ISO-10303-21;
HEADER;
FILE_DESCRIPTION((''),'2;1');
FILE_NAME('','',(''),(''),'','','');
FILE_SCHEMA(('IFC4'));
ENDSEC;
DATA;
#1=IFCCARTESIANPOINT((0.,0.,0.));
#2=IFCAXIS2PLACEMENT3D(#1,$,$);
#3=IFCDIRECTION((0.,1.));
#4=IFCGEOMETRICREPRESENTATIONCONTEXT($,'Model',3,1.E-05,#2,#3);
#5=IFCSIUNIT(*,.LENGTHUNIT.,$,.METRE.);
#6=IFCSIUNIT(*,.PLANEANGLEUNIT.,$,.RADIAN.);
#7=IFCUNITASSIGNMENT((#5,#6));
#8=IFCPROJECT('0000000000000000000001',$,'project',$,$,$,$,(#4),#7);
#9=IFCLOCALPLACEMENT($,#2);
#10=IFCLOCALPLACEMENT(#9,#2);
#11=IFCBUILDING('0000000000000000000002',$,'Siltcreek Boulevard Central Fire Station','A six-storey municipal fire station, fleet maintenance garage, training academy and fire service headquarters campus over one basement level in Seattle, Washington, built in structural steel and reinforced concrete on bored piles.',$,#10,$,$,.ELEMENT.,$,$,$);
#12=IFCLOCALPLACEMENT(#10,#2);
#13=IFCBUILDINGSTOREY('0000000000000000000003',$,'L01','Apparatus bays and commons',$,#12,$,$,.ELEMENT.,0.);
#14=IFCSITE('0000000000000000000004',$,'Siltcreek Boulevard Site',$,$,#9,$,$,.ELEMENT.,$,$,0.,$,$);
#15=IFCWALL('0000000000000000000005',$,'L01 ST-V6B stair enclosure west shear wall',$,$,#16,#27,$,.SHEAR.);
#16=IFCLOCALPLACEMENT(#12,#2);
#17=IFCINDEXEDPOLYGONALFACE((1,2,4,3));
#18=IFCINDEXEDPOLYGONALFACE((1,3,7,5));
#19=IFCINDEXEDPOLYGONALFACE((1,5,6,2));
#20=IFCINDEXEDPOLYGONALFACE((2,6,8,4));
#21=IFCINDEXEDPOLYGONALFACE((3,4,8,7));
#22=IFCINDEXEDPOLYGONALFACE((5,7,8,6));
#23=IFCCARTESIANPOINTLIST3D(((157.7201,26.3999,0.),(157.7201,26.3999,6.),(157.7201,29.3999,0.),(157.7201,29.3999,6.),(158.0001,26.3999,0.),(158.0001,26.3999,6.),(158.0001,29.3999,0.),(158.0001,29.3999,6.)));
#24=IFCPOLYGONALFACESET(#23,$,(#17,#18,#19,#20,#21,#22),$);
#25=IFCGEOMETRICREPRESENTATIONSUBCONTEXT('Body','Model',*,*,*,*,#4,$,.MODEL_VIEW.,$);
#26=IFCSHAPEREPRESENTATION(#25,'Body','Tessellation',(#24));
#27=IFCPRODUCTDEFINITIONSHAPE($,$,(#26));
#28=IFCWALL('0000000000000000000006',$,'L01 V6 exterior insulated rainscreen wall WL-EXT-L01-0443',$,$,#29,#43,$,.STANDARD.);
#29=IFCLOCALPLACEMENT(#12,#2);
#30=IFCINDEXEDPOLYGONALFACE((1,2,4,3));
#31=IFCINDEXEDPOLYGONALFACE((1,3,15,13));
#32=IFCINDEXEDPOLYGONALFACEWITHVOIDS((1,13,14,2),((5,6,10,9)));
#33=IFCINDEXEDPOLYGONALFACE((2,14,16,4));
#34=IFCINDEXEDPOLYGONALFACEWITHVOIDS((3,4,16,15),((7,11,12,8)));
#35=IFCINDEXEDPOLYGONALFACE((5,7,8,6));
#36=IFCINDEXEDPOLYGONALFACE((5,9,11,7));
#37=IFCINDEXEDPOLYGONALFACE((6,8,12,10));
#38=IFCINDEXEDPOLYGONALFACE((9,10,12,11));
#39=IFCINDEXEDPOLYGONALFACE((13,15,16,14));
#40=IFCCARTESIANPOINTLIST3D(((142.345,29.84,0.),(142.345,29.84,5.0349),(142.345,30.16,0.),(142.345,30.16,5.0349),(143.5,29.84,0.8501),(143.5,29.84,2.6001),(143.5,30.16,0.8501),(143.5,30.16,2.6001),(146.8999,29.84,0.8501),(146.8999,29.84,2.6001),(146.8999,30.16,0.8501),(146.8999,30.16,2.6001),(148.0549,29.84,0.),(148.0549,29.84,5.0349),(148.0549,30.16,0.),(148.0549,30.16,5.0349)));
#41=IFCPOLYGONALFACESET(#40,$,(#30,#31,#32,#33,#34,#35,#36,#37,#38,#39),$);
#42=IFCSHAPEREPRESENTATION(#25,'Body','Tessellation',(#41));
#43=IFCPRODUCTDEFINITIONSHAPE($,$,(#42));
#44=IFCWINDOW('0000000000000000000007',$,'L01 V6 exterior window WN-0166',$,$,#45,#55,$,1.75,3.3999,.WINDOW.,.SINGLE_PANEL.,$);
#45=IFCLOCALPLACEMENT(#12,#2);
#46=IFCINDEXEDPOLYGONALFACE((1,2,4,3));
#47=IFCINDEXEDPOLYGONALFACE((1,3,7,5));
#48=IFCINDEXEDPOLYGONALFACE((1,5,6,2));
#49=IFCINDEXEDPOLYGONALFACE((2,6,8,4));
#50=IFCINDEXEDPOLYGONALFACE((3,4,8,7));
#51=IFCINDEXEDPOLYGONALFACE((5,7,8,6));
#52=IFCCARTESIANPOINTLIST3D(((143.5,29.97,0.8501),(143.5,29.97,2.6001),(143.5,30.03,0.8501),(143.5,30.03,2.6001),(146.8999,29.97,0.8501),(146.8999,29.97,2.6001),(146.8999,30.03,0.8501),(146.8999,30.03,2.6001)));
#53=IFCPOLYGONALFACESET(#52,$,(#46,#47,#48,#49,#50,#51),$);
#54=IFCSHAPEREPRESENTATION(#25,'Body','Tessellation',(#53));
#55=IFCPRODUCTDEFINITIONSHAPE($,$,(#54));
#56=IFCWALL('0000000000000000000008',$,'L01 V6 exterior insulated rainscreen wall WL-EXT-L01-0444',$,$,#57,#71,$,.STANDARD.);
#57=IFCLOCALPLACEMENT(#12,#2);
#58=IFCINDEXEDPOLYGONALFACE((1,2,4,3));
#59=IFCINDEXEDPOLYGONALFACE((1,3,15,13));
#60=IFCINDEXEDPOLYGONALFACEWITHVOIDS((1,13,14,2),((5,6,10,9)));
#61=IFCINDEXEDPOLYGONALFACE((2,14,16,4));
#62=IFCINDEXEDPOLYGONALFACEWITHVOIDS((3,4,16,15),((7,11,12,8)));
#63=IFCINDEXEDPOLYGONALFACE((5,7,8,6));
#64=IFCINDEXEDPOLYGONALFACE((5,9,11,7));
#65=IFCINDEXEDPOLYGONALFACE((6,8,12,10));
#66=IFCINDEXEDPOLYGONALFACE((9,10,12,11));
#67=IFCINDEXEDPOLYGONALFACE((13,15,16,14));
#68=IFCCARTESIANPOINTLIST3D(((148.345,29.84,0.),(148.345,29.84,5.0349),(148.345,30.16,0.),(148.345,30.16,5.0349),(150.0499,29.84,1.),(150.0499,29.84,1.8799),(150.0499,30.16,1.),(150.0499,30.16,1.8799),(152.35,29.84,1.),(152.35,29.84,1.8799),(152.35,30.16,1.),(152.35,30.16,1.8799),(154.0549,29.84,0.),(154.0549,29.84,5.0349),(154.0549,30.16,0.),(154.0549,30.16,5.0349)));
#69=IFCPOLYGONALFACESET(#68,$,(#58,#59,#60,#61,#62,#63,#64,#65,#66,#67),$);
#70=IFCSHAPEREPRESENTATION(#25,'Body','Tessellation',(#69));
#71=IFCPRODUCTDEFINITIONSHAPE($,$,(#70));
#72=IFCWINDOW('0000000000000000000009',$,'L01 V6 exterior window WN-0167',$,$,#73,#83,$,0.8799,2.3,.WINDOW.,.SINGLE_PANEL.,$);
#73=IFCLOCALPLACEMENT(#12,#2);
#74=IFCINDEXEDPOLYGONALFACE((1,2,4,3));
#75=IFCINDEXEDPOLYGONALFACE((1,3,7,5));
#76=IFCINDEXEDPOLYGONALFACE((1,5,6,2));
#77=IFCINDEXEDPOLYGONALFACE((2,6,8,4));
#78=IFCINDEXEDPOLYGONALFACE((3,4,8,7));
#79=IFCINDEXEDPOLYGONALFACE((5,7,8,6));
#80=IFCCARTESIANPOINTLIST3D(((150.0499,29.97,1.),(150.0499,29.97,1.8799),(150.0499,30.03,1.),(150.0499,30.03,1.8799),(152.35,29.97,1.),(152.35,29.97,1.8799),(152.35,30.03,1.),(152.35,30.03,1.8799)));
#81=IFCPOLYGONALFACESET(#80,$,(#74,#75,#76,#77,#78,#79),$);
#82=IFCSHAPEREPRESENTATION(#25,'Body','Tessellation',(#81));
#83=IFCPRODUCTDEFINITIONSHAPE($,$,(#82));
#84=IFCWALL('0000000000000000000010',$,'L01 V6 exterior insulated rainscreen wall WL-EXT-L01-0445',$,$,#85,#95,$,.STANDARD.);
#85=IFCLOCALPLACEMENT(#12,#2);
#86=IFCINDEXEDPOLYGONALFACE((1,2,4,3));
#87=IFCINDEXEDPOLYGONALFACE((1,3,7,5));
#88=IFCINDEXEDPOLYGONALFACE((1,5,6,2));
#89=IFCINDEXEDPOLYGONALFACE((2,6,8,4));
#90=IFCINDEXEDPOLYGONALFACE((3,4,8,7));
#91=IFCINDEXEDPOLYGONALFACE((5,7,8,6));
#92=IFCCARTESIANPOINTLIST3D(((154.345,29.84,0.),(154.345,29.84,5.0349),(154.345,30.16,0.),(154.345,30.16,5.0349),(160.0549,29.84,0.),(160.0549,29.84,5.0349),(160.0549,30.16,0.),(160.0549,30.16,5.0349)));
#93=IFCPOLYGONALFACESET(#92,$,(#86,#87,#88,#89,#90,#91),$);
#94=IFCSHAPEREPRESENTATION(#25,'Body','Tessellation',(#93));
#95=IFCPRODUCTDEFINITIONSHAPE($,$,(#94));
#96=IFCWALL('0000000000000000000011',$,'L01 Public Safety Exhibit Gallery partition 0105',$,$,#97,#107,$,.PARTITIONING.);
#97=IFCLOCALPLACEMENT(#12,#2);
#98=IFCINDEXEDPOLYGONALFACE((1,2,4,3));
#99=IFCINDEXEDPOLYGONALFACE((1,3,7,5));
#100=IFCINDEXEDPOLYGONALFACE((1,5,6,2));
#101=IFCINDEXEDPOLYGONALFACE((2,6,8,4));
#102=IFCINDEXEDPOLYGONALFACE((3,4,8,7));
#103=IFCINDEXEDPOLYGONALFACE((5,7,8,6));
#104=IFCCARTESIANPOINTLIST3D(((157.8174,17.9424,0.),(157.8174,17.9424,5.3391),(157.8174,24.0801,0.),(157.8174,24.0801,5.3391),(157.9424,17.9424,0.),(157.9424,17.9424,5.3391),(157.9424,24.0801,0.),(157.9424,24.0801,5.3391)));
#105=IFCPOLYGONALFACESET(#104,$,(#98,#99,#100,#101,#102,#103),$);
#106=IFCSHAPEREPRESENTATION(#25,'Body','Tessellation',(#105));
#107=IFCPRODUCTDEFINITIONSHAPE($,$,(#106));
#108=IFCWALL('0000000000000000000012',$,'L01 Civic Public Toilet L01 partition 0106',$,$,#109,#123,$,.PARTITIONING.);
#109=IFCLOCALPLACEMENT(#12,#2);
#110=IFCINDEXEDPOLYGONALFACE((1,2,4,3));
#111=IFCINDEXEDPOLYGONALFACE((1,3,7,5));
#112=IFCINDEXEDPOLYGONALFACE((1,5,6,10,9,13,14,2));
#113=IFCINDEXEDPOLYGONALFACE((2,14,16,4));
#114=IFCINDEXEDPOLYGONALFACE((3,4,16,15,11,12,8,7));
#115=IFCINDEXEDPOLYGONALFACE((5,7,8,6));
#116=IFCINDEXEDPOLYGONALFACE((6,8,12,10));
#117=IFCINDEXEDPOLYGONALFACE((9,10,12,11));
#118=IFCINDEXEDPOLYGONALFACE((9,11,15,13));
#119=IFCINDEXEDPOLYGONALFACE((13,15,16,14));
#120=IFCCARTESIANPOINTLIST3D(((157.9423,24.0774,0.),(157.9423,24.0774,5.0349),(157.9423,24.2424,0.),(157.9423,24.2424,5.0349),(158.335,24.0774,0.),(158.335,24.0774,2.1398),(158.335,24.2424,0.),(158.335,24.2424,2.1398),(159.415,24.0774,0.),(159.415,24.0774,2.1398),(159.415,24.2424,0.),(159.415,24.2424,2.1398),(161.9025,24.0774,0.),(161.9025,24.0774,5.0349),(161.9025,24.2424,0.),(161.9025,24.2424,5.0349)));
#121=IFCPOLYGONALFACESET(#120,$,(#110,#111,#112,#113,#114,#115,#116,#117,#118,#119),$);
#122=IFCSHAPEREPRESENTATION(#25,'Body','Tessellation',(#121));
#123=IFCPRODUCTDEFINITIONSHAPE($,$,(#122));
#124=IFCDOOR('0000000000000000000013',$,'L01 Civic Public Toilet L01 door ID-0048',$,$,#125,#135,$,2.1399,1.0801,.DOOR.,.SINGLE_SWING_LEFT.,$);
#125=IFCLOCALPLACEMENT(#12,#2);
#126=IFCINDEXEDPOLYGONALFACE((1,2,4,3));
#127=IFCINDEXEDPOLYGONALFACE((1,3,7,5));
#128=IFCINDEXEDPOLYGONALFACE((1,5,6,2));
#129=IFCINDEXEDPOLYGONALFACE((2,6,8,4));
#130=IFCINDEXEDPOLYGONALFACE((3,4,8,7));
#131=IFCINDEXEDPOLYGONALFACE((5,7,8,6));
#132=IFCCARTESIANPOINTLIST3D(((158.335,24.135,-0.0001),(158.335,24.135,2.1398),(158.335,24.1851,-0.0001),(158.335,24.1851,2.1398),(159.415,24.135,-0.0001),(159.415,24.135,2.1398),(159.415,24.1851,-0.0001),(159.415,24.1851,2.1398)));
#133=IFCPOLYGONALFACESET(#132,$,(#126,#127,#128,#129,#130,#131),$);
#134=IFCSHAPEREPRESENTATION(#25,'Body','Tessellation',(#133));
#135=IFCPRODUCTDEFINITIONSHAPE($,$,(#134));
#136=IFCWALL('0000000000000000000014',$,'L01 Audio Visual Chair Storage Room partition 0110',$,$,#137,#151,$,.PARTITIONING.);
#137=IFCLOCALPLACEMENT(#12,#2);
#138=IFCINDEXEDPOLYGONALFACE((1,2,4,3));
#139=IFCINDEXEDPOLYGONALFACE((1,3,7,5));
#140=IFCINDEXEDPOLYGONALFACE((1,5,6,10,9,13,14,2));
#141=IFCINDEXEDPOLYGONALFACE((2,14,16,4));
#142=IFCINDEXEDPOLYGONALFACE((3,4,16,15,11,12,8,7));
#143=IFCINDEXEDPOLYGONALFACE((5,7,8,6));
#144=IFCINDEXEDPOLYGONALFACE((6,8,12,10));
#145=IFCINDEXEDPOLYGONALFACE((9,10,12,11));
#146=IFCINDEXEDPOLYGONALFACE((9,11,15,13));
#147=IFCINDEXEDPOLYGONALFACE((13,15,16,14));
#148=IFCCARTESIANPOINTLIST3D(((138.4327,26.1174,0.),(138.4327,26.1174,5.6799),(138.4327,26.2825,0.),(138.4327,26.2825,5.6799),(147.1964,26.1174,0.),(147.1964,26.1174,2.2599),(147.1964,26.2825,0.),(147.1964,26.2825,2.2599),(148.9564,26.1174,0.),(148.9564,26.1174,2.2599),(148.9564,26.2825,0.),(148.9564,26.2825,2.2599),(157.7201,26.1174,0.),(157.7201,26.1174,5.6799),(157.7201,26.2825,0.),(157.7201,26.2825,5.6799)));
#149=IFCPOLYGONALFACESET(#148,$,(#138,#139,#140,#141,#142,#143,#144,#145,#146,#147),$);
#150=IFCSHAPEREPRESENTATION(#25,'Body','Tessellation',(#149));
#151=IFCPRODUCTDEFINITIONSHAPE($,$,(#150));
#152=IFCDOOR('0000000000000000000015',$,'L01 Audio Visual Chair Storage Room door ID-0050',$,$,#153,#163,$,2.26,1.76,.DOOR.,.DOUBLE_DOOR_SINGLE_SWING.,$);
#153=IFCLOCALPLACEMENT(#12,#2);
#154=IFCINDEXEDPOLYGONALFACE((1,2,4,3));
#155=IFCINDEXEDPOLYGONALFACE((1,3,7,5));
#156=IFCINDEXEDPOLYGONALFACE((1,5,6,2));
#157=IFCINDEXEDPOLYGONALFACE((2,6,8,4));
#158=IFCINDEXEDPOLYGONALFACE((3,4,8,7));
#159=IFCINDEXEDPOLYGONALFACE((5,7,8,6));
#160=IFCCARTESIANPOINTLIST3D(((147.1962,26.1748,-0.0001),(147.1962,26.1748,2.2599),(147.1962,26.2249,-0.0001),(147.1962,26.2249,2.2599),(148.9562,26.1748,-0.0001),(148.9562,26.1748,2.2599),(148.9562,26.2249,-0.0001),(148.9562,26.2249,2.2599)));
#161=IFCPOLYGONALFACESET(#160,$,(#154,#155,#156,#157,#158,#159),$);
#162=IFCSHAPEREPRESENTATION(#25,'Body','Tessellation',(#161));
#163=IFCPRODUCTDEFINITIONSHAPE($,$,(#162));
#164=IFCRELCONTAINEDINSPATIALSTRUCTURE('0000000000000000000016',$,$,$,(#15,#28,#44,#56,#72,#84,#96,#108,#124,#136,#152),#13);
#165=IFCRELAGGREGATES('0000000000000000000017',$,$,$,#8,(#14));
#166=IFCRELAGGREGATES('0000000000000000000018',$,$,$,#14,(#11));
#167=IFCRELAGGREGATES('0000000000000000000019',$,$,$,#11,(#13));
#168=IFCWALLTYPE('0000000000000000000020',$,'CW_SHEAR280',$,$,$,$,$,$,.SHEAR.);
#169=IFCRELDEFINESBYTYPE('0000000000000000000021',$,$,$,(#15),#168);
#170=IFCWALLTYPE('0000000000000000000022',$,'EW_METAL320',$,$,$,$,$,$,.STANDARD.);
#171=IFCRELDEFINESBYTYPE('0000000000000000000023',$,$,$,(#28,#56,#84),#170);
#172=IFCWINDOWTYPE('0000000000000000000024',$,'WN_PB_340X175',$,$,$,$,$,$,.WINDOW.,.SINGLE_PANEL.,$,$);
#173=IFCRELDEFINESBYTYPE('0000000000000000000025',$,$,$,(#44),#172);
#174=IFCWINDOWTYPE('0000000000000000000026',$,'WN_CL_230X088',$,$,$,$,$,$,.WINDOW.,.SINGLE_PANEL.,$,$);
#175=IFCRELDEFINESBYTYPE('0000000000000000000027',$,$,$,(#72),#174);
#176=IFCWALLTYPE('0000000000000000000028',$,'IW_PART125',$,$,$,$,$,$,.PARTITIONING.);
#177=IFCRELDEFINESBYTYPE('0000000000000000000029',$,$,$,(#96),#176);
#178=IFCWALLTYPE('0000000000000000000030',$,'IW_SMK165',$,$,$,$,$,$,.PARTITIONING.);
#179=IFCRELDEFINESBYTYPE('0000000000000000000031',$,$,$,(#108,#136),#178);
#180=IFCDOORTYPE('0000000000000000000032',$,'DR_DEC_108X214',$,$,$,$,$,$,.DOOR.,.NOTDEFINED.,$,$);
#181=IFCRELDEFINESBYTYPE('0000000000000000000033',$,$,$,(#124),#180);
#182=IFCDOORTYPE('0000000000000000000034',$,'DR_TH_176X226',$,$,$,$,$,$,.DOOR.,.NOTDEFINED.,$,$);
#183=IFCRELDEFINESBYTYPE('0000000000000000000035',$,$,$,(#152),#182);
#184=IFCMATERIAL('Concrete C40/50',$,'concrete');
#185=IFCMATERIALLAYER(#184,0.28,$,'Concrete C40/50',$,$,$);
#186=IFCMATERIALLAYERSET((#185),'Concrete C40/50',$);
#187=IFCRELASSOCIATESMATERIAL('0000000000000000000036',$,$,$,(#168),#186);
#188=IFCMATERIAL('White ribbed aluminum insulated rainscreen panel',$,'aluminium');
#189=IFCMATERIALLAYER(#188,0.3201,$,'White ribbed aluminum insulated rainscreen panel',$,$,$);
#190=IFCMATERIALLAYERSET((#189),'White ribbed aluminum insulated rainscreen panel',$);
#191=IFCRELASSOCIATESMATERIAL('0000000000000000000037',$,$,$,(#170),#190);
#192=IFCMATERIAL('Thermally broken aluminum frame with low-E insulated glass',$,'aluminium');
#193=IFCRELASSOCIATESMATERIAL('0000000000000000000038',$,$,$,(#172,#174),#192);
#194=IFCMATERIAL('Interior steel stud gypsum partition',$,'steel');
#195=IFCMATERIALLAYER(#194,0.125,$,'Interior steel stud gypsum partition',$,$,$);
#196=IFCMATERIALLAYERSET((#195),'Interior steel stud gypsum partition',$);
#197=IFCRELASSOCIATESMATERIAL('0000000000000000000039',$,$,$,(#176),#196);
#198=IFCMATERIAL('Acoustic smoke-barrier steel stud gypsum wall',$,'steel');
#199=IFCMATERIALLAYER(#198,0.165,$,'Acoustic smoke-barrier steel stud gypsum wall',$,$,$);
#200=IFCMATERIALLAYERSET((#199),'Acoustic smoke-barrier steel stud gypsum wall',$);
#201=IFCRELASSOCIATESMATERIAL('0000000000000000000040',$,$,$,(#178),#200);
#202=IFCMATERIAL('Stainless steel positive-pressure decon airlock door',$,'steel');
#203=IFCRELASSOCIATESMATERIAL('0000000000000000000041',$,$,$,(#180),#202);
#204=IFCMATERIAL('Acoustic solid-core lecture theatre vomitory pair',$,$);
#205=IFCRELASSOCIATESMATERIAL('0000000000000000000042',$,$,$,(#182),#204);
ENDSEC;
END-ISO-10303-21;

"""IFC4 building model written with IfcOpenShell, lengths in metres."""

from ifc_helpers import new_model, si_unit, direction, frame, frame_2d, origin, place, context, subcontext, project, spatial, rectangle, extrude, material, layer, layer_set, type_object, element, fill, save


model = new_model("IFC4")

# Units and contexts
model_context = context("Model", 3, precision=1e-05, world=origin(), true_north=direction((0.0, 1.0)))
body_context = subcontext(model_context, "Body", "Model", "MODEL_VIEW")
ifc_project = project(units=[si_unit("LENGTHUNIT", "METRE"), si_unit("PLANEANGLEUNIT", "RADIAN")], contexts=[model_context])

# Site, building, storey
site_placement = place(None, origin())
site = spatial("IfcSite", under=ifc_project, at=site_placement, Name="Siltcreek Boulevard Site", CompositionType="ELEMENT", RefElevation=0.0)
building_placement = place(site_placement, origin())
building = spatial("IfcBuilding", under=site, at=building_placement, Name="Siltcreek Boulevard Central Fire Station", Description="A six-storey municipal fire station, fleet maintenance garage, training academy and fire service headquarters campus over one basement level in Seattle, Washington, built in structural steel and reinforced concrete on bored piles.", CompositionType="ELEMENT")
storey_placement = place(building_placement, origin())
storey = spatial("IfcBuildingStorey", under=building, at=storey_placement, Name="L01", Description="Apparatus bays and commons", CompositionType="ELEMENT", Elevation=0.0)

# Shared definitions
ifc_material_1 = material(Name="Concrete C40/50", Category="concrete")
ifc_layer_1 = layer(ifc_material_1, 0.28, Name="Concrete C40/50")
ifc_layer_set_1 = layer_set([ifc_layer_1], Name="Concrete C40/50")
wall_type_1 = type_object("IfcWallType", Name="CW_SHEAR280", PredefinedType="SHEAR", material=ifc_layer_set_1)

# Wall
wall_1_placement = place(storey_placement, frame((157.8601, 29.3999, 0.0), z_axis=(0.0, 0.0, 1.0), x_axis=(0.0, -1.0, 0.0)))
element("IfcWall", 1, at=wall_1_placement, inside=storey, type_object=wall_type_1, Name="L01 ST-V6B stair enclosure west shear wall", PredefinedType="SHEAR", context=body_context, shape_type="SweptSolid", body=[
    extrude(rectangle(XDim=3.0, YDim=0.28, at=frame_2d((1.5, 0.0))), origin(), (0.0, 0.0, 1.0), 6.0),
])

# Walls, openings, windows
ifc_material_2 = material(Name="White ribbed aluminum insulated rainscreen panel", Category="aluminium")
ifc_layer_2 = layer(ifc_material_2, 0.3201, Name="White ribbed aluminum insulated rainscreen panel")
ifc_layer_set_2 = layer_set([ifc_layer_2], Name="White ribbed aluminum insulated rainscreen panel")
wall_type_2 = type_object("IfcWallType", Name="EW_METAL320", PredefinedType="STANDARD", material=ifc_layer_set_2)
wall_2_placement = place(storey_placement, frame((148.0549, 30.0, 0.0), z_axis=(0.0, 0.0, 1.0), x_axis=(-1.0, 0.0, 0.0)))
wall_2 = element("IfcWall", 2, at=wall_2_placement, inside=storey, type_object=wall_type_2, Name="L01 V6 exterior insulated rainscreen wall WL-EXT-L01-0443", PredefinedType="STANDARD", context=body_context, shape_type="SweptSolid", body=[
    extrude(rectangle(XDim=5.71, YDim=0.3201, at=frame_2d((2.855, 0.0))), origin(), (0.0, 0.0, 1.0), 5.0349),
])
opening_1_placement = place(wall_2_placement, frame((1.155, 0.0, 0.8501)))
opening_1 = element("IfcOpeningElement", 3, at=opening_1_placement, cuts=wall_2, PredefinedType="OPENING", context=body_context, shape_type="SweptSolid", body=[
    extrude(rectangle(XDim=3.3999, YDim=1.75, at=frame_2d((1.7, 0.875))), frame((0.0, 0.1699, 0.0), z_axis=(0.0, -1.0, 0.0), x_axis=(1.0, 0.0, 0.0)), (0.0, 0.0, 1.0), 0.3401),
])
ifc_material_3 = material(Name="Thermally broken aluminum frame with low-E insulated glass", Category="aluminium")
window_type_1 = type_object("IfcWindowType", Name="WN_PB_340X175", PartitioningType="SINGLE_PANEL", PredefinedType="WINDOW", material=ifc_material_3)
window_1_placement = place(opening_1_placement, origin())
window_1 = element("IfcWindow", 4, at=window_1_placement, inside=storey, type_object=window_type_1, Name="L01 V6 exterior window WN-0166", OverallHeight=1.75, OverallWidth=3.3999, PartitioningType="SINGLE_PANEL", PredefinedType="WINDOW", context=body_context, shape_type="SweptSolid", body=[
    extrude(rectangle(XDim=3.3999, YDim=1.75, at=frame_2d((1.7, 0.875))), frame((0.0, 0.03, 0.0), z_axis=(0.0, -1.0, 0.0), x_axis=(1.0, 0.0, 0.0)), (0.0, 0.0, 1.0), 0.0601),
])
fill(opening_1, window_1)
wall_3_placement = place(storey_placement, frame((154.0549, 30.0, 0.0), z_axis=(0.0, 0.0, 1.0), x_axis=(-1.0, 0.0, 0.0)))
wall_3 = element("IfcWall", 5, at=wall_3_placement, inside=storey, type_object=wall_type_2, Name="L01 V6 exterior insulated rainscreen wall WL-EXT-L01-0444", PredefinedType="STANDARD", context=body_context, shape_type="SweptSolid", body=[
    extrude(rectangle(XDim=5.71, YDim=0.3201, at=frame_2d((2.855, 0.0))), origin(), (0.0, 0.0, 1.0), 5.0349),
])
opening_2_placement = place(wall_3_placement, frame((1.7051, 0.0, 1.0)))
opening_2 = element("IfcOpeningElement", 6, at=opening_2_placement, cuts=wall_3, PredefinedType="OPENING", context=body_context, shape_type="SweptSolid", body=[
    extrude(rectangle(XDim=2.3, YDim=0.8799, at=frame_2d((1.1499, 0.4399))), frame((0.0, 0.1699, 0.0), z_axis=(0.0, -1.0, 0.0), x_axis=(1.0, 0.0, 0.0)), (0.0, 0.0, 1.0), 0.3401),
])
window_type_2 = type_object("IfcWindowType", Name="WN_CL_230X088", PartitioningType="SINGLE_PANEL", PredefinedType="WINDOW", material=ifc_material_3)
window_2_placement = place(opening_2_placement, origin())
window_2 = element("IfcWindow", 7, at=window_2_placement, inside=storey, type_object=window_type_2, Name="L01 V6 exterior window WN-0167", OverallHeight=0.8799, OverallWidth=2.3, PartitioningType="SINGLE_PANEL", PredefinedType="WINDOW", context=body_context, shape_type="SweptSolid", body=[
    extrude(rectangle(XDim=2.3, YDim=0.8799, at=frame_2d((1.1499, 0.4399))), frame((0.0, 0.03, 0.0), z_axis=(0.0, -1.0, 0.0), x_axis=(1.0, 0.0, 0.0)), (0.0, 0.0, 1.0), 0.0601),
])
fill(opening_2, window_2)

# Walls
wall_4_placement = place(storey_placement, frame((160.0549, 30.0, 0.0), z_axis=(0.0, 0.0, 1.0), x_axis=(-1.0, 0.0, 0.0)))
element("IfcWall", 8, at=wall_4_placement, inside=storey, type_object=wall_type_2, Name="L01 V6 exterior insulated rainscreen wall WL-EXT-L01-0445", PredefinedType="STANDARD", context=body_context, shape_type="SweptSolid", body=[
    extrude(rectangle(XDim=5.71, YDim=0.3201, at=frame_2d((2.855, 0.0))), origin(), (0.0, 0.0, 1.0), 5.0349),
])
ifc_material_4 = material(Name="Interior steel stud gypsum partition", Category="steel")
ifc_layer_3 = layer(ifc_material_4, 0.125, Name="Interior steel stud gypsum partition")
ifc_layer_set_3 = layer_set([ifc_layer_3], Name="Interior steel stud gypsum partition")
wall_type_3 = type_object("IfcWallType", Name="IW_PART125", PredefinedType="PARTITIONING", material=ifc_layer_set_3)
wall_5_placement = place(storey_placement, frame((157.8799, 24.0801, 0.0), z_axis=(0.0, 0.0, 1.0), x_axis=(0.0, -1.0, 0.0)))
element("IfcWall", 9, at=wall_5_placement, inside=storey, type_object=wall_type_3, Name="L01 Public Safety Exhibit Gallery partition 0105", PredefinedType="PARTITIONING", context=body_context, shape_type="SweptSolid", body=[
    extrude(rectangle(XDim=6.1377, YDim=0.125, at=frame_2d((3.0688, 0.0))), origin(), (0.0, 0.0, 1.0), 5.3391),
])

# Walls, openings, doors
ifc_material_5 = material(Name="Acoustic smoke-barrier steel stud gypsum wall", Category="steel")
ifc_layer_4 = layer(ifc_material_5, 0.165, Name="Acoustic smoke-barrier steel stud gypsum wall")
ifc_layer_set_4 = layer_set([ifc_layer_4], Name="Acoustic smoke-barrier steel stud gypsum wall")
wall_type_4 = type_object("IfcWallType", Name="IW_SMK165", PredefinedType="PARTITIONING", material=ifc_layer_set_4)
wall_6_placement = place(storey_placement, frame((157.9424, 24.1599, 0.0), z_axis=(0.0, 0.0, 1.0), x_axis=(1.0, 0.0, 0.0)))
wall_6 = element("IfcWall", 10, at=wall_6_placement, inside=storey, type_object=wall_type_4, Name="L01 Civic Public Toilet L01 partition 0106", PredefinedType="PARTITIONING", context=body_context, shape_type="SweptSolid", body=[
    extrude(rectangle(XDim=3.9602, YDim=0.165, at=frame_2d((1.98, 0.0))), origin(), (0.0, 0.0, 1.0), 5.0349),
])
opening_3_placement = place(wall_6_placement, frame((0.3926, 0.0, 0.0)))
opening_3 = element("IfcOpeningElement", 11, at=opening_3_placement, cuts=wall_6, PredefinedType="OPENING", context=body_context, shape_type="SweptSolid", body=[
    extrude(rectangle(XDim=1.0801, YDim=2.1399, at=frame_2d((0.54, 1.0698))), frame((0.0, 0.0925, 0.0), z_axis=(0.0, -1.0, 0.0), x_axis=(1.0, 0.0, 0.0)), (0.0, 0.0, 1.0), 0.1851),
])
ifc_material_6 = material(Name="Stainless steel positive-pressure decon airlock door", Category="steel")
door_type_1 = type_object("IfcDoorType", Name="DR_DEC_108X214", OperationType="NOTDEFINED", PredefinedType="DOOR", material=ifc_material_6)
door_1_placement = place(opening_3_placement, frame((1.0801, 0.0, 0.0), z_axis=(0.0, 0.0, 1.0), x_axis=(-1.0, 0.0, 0.0)))
door_1 = element("IfcDoor", 12, at=door_1_placement, inside=storey, type_object=door_type_1, Name="L01 Civic Public Toilet L01 door ID-0048", OperationType="SINGLE_SWING_LEFT", OverallHeight=2.1399, OverallWidth=1.0801, PredefinedType="DOOR", context=body_context, shape_type="SweptSolid", body=[
    extrude(rectangle(XDim=1.0801, YDim=2.1399, at=frame_2d((0.54, 1.0698))), frame((0.0, 0.0249, 0.0), z_axis=(0.0, -1.0, 0.0), x_axis=(1.0, 0.0, 0.0)), (0.0, 0.0, 1.0), 0.05),
])
fill(opening_3, door_1)
wall_7_placement = place(storey_placement, frame((157.72, 26.2, 0.0), z_axis=(0.0, 0.0, 1.0), x_axis=(-1.0, 0.0, 0.0)))
wall_7 = element("IfcWall", 13, at=wall_7_placement, inside=storey, type_object=wall_type_4, Name="L01 Audio Visual Chair Storage Room partition 0110", PredefinedType="PARTITIONING", context=body_context, shape_type="SweptSolid", body=[
    extrude(rectangle(XDim=19.2874, YDim=0.165, at=frame_2d((9.6436, 0.0))), origin(), (0.0, 0.0, 1.0), 5.6799),
])
opening_4_placement = place(wall_7_placement, frame((8.7637, 0.0, 0.0)))
opening_4 = element("IfcOpeningElement", 14, at=opening_4_placement, cuts=wall_7, PredefinedType="OPENING", context=body_context, shape_type="SweptSolid", body=[
    extrude(rectangle(XDim=1.76, YDim=2.26, at=frame_2d((0.8799, 1.1299))), frame((0.0, 0.0925, 0.0), z_axis=(0.0, -1.0, 0.0), x_axis=(1.0, 0.0, 0.0)), (0.0, 0.0, 1.0), 0.1851),
])
ifc_material_7 = material(Name="Acoustic solid-core lecture theatre vomitory pair")
door_type_2 = type_object("IfcDoorType", Name="DR_TH_176X226", OperationType="NOTDEFINED", PredefinedType="DOOR", material=ifc_material_7)
door_2_placement = place(opening_4_placement, frame((1.76, 0.0, 0.0), z_axis=(0.0, 0.0, 1.0), x_axis=(-1.0, 0.0, 0.0)))
door_2 = element("IfcDoor", 15, at=door_2_placement, inside=storey, type_object=door_type_2, Name="L01 Audio Visual Chair Storage Room door ID-0050", OperationType="DOUBLE_DOOR_SINGLE_SWING", OverallHeight=2.26, OverallWidth=1.76, PredefinedType="DOOR", context=body_context, shape_type="SweptSolid", body=[
    extrude(rectangle(XDim=1.76, YDim=2.26, at=frame_2d((0.8799, 1.1299))), frame((0.0, 0.0249, 0.0), z_axis=(0.0, -1.0, 0.0), x_axis=(1.0, 0.0, 0.0)), (0.0, 0.0, 1.0), 0.05),
])
fill(opening_4, door_2)

save(model, "model.ifc")
